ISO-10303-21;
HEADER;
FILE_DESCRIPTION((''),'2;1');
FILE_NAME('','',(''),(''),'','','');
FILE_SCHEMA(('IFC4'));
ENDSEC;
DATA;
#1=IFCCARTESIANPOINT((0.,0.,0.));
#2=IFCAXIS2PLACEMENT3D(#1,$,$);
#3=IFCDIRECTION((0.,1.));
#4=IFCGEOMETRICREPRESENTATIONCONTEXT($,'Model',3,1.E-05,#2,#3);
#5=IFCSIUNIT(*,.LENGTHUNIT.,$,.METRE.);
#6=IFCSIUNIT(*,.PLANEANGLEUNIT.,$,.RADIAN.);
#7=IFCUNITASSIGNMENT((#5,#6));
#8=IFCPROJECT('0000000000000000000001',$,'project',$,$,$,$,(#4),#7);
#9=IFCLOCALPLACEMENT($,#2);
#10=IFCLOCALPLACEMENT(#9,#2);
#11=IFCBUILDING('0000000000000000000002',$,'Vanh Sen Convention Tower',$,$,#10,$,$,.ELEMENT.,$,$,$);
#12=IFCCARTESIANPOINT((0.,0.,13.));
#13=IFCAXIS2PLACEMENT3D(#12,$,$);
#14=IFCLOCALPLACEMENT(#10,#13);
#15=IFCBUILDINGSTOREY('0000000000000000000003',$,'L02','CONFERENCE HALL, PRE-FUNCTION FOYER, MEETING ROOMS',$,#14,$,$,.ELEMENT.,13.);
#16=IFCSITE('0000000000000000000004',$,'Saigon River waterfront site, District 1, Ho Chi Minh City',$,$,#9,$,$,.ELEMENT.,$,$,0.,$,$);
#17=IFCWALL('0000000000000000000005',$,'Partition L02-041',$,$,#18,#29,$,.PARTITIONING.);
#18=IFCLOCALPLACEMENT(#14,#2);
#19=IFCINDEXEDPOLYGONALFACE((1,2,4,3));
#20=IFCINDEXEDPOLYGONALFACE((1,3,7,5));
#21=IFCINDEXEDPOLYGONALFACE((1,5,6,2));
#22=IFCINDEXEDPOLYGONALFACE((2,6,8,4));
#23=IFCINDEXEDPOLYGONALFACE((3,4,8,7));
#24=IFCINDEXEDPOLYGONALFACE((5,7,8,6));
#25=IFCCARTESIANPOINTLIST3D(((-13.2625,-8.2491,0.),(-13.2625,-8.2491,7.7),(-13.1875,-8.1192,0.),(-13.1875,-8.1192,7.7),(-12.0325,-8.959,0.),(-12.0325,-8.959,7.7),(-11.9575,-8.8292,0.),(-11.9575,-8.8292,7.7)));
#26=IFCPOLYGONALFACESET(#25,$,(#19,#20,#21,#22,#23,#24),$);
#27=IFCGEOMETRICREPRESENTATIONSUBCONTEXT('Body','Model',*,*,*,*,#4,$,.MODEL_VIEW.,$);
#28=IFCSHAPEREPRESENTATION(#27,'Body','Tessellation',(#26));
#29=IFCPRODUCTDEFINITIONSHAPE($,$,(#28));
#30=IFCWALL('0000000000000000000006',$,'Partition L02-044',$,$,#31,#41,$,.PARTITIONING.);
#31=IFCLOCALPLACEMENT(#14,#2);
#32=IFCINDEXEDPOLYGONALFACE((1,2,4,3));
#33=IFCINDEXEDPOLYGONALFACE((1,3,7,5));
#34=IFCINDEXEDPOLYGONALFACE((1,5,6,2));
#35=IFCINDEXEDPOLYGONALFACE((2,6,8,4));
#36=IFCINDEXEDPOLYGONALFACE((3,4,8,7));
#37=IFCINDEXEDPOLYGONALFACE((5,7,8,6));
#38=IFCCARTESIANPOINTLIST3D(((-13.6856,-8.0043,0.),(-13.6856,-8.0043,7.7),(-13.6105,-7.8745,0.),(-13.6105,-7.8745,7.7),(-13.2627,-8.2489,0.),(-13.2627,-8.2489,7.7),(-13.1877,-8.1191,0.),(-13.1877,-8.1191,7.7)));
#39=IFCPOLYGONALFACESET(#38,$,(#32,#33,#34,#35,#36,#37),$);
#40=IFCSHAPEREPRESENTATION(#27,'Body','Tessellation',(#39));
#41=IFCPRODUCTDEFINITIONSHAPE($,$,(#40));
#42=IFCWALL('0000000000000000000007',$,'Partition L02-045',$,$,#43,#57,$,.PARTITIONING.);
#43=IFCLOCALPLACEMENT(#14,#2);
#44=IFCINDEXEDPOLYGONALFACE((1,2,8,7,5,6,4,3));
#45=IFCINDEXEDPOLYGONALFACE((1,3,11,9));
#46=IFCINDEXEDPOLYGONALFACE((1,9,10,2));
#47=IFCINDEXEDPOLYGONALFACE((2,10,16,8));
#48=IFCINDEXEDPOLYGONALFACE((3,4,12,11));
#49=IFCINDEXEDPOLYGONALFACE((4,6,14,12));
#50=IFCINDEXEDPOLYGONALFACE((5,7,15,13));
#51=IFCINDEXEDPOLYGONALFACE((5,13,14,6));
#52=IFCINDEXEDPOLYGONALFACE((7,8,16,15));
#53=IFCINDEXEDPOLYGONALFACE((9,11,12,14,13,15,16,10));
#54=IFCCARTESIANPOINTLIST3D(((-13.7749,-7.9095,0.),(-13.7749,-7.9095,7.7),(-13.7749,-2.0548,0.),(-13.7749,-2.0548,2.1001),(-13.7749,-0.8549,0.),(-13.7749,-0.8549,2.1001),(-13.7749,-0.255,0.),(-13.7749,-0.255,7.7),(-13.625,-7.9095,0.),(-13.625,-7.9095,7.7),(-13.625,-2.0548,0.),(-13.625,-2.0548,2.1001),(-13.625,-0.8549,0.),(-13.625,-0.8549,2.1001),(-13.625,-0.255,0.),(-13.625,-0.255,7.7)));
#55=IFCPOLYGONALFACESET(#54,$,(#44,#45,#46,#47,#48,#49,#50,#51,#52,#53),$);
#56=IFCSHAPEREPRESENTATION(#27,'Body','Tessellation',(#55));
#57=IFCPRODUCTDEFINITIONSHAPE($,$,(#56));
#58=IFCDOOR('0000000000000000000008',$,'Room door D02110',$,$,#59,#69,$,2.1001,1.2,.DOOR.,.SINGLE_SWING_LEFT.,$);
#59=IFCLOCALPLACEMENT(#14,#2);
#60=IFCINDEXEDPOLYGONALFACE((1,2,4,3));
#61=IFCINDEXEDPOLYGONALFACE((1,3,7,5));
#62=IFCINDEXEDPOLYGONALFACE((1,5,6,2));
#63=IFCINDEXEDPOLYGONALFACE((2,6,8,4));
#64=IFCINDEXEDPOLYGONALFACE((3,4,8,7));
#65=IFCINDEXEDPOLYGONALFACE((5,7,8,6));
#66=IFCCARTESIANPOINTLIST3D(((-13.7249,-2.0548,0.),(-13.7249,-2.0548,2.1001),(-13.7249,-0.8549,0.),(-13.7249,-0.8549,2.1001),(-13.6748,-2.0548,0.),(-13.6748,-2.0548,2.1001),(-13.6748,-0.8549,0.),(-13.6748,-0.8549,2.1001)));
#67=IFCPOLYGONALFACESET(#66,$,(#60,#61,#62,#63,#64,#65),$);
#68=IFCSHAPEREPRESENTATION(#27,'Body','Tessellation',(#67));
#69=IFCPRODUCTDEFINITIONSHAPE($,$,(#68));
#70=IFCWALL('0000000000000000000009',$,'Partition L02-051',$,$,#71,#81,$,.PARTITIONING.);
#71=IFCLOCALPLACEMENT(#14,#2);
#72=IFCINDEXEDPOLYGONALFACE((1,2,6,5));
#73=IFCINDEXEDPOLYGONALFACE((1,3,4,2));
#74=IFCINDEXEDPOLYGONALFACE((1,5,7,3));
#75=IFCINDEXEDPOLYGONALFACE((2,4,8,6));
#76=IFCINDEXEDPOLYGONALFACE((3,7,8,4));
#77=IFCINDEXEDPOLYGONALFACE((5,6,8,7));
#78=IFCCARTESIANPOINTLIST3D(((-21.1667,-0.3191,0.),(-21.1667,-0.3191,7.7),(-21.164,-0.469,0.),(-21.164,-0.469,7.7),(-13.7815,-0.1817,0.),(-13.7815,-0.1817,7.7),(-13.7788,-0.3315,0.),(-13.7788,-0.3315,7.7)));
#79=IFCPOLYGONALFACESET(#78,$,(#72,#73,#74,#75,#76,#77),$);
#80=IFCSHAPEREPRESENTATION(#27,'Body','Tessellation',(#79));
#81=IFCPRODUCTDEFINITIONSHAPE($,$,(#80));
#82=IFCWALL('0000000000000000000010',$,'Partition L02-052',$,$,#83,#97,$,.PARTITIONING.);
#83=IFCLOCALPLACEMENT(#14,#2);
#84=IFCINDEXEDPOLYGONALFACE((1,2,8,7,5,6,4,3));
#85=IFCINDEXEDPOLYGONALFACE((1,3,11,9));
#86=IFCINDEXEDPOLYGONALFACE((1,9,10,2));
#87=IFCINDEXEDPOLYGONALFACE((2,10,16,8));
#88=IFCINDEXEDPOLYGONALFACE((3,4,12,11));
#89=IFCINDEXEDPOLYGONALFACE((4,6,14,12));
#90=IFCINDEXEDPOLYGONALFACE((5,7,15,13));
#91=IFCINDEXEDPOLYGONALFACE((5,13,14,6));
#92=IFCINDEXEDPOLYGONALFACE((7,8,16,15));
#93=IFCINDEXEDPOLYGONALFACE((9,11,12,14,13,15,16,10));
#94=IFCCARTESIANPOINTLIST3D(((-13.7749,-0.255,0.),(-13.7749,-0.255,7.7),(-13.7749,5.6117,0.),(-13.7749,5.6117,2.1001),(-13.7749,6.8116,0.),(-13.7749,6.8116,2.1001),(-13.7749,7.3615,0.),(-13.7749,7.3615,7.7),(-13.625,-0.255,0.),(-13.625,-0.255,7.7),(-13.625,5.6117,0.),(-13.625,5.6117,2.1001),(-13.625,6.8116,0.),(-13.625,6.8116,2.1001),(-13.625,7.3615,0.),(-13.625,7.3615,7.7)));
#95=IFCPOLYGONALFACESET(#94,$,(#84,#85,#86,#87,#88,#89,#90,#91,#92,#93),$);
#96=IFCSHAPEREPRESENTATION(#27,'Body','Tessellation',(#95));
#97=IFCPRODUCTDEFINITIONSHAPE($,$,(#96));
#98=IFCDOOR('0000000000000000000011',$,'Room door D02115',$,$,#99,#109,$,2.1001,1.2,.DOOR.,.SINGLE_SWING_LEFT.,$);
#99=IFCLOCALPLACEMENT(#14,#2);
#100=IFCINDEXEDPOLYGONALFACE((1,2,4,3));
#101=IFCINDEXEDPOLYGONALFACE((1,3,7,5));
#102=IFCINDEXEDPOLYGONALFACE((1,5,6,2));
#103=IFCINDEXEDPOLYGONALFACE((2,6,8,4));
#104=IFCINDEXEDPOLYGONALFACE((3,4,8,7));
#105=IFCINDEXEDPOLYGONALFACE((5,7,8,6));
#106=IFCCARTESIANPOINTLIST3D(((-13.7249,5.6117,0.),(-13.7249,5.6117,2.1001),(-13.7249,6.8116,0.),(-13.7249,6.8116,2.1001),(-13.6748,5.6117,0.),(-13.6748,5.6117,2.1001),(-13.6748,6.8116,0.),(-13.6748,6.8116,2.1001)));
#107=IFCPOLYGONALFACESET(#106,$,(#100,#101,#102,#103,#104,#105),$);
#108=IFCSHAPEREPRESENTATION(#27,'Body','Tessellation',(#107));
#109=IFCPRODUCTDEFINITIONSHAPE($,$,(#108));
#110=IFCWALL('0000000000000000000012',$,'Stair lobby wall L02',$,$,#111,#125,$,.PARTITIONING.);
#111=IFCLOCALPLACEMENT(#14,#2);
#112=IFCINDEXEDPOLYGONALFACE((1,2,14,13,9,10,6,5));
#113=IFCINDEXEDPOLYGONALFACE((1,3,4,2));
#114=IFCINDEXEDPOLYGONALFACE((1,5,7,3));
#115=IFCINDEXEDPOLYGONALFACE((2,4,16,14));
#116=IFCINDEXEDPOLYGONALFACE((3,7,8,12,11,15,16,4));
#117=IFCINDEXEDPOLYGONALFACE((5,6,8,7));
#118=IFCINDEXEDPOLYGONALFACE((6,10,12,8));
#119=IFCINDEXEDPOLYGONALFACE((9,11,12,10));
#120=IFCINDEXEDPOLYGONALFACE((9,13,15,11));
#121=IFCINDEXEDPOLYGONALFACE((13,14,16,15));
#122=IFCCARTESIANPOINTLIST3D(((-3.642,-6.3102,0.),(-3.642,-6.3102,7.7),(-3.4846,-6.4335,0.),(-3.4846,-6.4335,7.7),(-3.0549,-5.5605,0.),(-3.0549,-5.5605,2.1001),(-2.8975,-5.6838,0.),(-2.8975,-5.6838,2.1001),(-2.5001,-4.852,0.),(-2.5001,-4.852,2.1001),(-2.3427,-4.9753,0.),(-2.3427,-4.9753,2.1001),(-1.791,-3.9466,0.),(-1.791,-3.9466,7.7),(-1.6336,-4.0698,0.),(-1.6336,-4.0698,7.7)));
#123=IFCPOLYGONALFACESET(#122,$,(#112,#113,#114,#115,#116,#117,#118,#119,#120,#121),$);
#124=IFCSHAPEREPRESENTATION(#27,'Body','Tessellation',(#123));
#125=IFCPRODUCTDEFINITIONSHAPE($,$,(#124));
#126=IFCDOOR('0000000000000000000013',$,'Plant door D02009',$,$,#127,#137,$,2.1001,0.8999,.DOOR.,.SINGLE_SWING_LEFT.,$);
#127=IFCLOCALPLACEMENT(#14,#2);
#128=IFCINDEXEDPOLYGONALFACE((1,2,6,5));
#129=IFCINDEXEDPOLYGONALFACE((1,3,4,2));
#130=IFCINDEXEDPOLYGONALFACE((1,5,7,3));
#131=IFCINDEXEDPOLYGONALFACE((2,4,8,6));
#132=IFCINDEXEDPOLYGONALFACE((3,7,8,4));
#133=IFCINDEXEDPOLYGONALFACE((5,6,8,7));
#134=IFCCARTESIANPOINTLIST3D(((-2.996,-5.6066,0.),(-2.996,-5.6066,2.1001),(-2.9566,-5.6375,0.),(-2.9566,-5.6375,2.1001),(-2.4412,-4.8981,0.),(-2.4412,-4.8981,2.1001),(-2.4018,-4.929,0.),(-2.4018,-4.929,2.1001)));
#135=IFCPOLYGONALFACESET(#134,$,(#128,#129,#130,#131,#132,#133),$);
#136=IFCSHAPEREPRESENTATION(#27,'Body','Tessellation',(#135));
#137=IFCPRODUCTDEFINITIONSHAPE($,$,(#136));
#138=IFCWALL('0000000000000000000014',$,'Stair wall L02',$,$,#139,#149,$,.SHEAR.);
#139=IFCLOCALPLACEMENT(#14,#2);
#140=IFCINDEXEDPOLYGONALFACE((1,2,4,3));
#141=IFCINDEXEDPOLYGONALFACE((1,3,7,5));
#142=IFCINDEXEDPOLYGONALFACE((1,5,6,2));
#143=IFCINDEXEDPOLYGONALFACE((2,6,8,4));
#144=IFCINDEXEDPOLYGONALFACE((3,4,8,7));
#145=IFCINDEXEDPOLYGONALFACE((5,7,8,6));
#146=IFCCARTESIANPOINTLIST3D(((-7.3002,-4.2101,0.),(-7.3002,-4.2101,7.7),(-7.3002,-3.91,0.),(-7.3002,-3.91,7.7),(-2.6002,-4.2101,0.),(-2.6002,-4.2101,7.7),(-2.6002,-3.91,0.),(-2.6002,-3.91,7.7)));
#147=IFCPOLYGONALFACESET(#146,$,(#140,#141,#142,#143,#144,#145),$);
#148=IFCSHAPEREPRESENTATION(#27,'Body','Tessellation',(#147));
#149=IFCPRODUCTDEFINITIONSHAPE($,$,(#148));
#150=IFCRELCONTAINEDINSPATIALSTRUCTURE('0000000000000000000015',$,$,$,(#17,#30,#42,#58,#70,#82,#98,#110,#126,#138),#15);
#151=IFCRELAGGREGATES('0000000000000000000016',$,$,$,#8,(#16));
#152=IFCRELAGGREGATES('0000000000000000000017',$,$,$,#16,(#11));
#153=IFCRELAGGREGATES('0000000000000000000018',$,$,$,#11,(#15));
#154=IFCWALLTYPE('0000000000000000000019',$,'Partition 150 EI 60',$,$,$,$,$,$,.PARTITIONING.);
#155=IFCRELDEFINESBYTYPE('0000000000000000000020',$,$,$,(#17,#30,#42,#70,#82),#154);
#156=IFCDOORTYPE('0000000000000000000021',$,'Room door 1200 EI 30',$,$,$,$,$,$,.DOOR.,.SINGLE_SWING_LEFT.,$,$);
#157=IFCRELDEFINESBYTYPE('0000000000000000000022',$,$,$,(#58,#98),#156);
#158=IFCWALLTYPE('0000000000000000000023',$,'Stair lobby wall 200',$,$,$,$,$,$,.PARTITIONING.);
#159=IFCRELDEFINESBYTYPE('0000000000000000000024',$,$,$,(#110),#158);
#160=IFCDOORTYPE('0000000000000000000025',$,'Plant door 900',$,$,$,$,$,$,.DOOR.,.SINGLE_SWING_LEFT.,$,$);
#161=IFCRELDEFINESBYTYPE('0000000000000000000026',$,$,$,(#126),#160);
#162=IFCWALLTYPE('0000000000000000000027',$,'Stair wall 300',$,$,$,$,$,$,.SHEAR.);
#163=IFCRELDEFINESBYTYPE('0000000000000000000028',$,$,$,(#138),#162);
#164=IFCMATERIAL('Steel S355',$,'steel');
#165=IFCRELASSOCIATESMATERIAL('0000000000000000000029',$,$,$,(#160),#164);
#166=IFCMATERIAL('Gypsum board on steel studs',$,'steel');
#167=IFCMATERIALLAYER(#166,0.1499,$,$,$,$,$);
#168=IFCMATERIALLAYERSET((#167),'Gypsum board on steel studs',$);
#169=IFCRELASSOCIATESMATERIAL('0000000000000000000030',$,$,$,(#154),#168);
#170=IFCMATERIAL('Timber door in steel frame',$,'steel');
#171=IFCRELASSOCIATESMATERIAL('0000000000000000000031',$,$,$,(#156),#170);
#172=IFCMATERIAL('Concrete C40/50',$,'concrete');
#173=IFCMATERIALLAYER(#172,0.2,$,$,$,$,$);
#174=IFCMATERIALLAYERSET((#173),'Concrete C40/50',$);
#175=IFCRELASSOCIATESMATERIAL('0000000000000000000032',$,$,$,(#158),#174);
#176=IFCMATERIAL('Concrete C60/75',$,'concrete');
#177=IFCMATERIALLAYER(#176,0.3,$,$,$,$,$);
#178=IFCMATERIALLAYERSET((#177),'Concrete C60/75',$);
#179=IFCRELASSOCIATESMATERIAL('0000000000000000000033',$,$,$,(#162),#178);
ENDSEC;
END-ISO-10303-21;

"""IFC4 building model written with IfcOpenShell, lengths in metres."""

from ifc_helpers import new_model, si_unit, direction, frame, frame_2d, origin, place, context, subcontext, project, spatial, rectangle, extrude, material, layer, layer_set, type_object, element, fill, save


model = new_model("IFC4")

# Units and contexts
model_context = context("Model", 3, precision=1e-05, world=origin(), true_north=direction((0.0, 1.0)))
body_context = subcontext(model_context, "Body", "Model", "MODEL_VIEW")
ifc_project = project(units=[si_unit("LENGTHUNIT", "METRE"), si_unit("PLANEANGLEUNIT", "RADIAN")], contexts=[model_context])

# Site, building, storey
site_placement = place(None, origin())
site = spatial("IfcSite", under=ifc_project, at=site_placement, Name="Saigon River waterfront site, District 1, Ho Chi Minh City", CompositionType="ELEMENT", RefElevation=0.0)
building_placement = place(site_placement, origin())
building = spatial("IfcBuilding", under=site, at=building_placement, Name="Vanh Sen Convention Tower", CompositionType="ELEMENT")
storey_placement = place(building_placement, frame((0.0, 0.0, 13.0)))
storey = spatial("IfcBuildingStorey", under=building, at=storey_placement, Name="L02", Description="CONFERENCE HALL, PRE-FUNCTION FOYER, MEETING ROOMS", CompositionType="ELEMENT", Elevation=13.0)

# Shared definitions
ifc_material_1 = material(Name="Steel S355", Category="steel")
door_type_1 = type_object("IfcDoorType", Name="Plant door 900", OperationType="SINGLE_SWING_LEFT", PredefinedType="DOOR", material=ifc_material_1)

# Walls
ifc_material_2 = material(Name="Concrete C40/50", Category="concrete")
ifc_material_3 = material(Name="Gypsum board on steel studs", Category="steel")
ifc_layer_1 = layer(ifc_material_3, 0.1499)
ifc_layer_set_1 = layer_set([ifc_layer_1], Name="Gypsum board on steel studs")
wall_type_1 = type_object("IfcWallType", Name="Partition 150 EI 60", PredefinedType="PARTITIONING", material=ifc_layer_set_1)
wall_1_placement = place(storey_placement, frame((-11.9951, -8.894, 0.0), z_axis=(0.0, 0.0, 1.0), x_axis=(-0.866077, 0.499911, 0.0)))
element("IfcWall", 1, at=wall_1_placement, inside=storey, type_object=wall_type_1, Name="Partition L02-041", PredefinedType="PARTITIONING", context=body_context, shape_type="SweptSolid", body=[
    extrude(rectangle(XDim=1.4202, YDim=0.1499, at=frame_2d((0.71, 0.0))), origin(), (0.0, 0.0, 1.0), 7.7),
])
wall_2_placement = place(storey_placement, frame((-13.6479, -7.9395, 0.0), z_axis=(0.0, 0.0, 1.0), x_axis=(0.865586, -0.50076, 0.0)))
element("IfcWall", 2, at=wall_2_placement, inside=storey, type_object=wall_type_1, Name="Partition L02-044", PredefinedType="PARTITIONING", context=body_context, shape_type="SweptSolid", body=[
    extrude(rectangle(XDim=0.4885, YDim=0.1499, at=frame_2d((0.2441, 0.0))), origin(), (0.0, 0.0, 1.0), 7.7),
])

# Wall, opening, door
wall_3_placement = place(storey_placement, frame((-13.7, -7.9094, 0.0), z_axis=(0.0, 0.0, 1.0), x_axis=(0.0, 1.0, 0.0)))
wall_3 = element("IfcWall", 3, at=wall_3_placement, inside=storey, type_object=wall_type_1, Name="Partition L02-045", PredefinedType="PARTITIONING", context=body_context, shape_type="SweptSolid", body=[
    extrude(rectangle(XDim=7.6545, YDim=0.1499, at=frame_2d((3.8271, 0.0))), origin(), (0.0, 0.0, 1.0), 7.7),
])
opening_1_placement = place(wall_3_placement, frame((5.8545, 0.0, 0.0)))
opening_1 = element("IfcOpeningElement", 4, at=opening_1_placement, cuts=wall_3, PredefinedType="OPENING", context=body_context, shape_type="SweptSolid", body=[
    extrude(rectangle(XDim=1.2, YDim=2.1001, at=frame_2d((0.6001, 1.05))), frame((0.0, 0.085, 0.0), z_axis=(0.0, -1.0, 0.0), x_axis=(1.0, 0.0, 0.0)), (0.0, 0.0, 1.0), 0.1699),
])
ifc_material_4 = material(Name="Timber door in steel frame", Category="steel")
door_type_2 = type_object("IfcDoorType", Name="Room door 1200 EI 30", OperationType="SINGLE_SWING_LEFT", PredefinedType="DOOR", material=ifc_material_4)
door_1_placement = place(opening_1_placement, origin())
door_1 = element("IfcDoor", 5, at=door_1_placement, inside=storey, type_object=door_type_2, Name="Room door D02110", OperationType="SINGLE_SWING_LEFT", OverallHeight=2.1001, OverallWidth=1.2, PredefinedType="DOOR", context=body_context, shape_type="SweptSolid", body=[
    extrude(rectangle(XDim=1.2, YDim=2.1001, at=frame_2d((0.6001, 1.05))), frame((0.0, 0.0249, 0.0), z_axis=(0.0, -1.0, 0.0), x_axis=(1.0, 0.0, 0.0)), (0.0, 0.0, 1.0), 0.05),
])
fill(opening_1, door_1)

# Wall
wall_4_placement = place(storey_placement, frame((-13.78, -0.2566, 0.0), z_axis=(0.0, 0.0, 1.0), x_axis=(-0.999827, -0.018608, 0.0)))
element("IfcWall", 6, at=wall_4_placement, inside=storey, type_object=wall_type_1, Name="Partition L02-051", PredefinedType="PARTITIONING", context=body_context, shape_type="SweptSolid", body=[
    extrude(rectangle(XDim=7.3865, YDim=0.1499, at=frame_2d((3.6934, 0.0))), origin(), (0.0, 0.0, 1.0), 7.7),
])

# Walls, openings, doors
wall_5_placement = place(storey_placement, frame((-13.7, -0.2549, 0.0), z_axis=(0.0, 0.0, 1.0), x_axis=(0.0, 1.0, 0.0)))
wall_5 = element("IfcWall", 7, at=wall_5_placement, inside=storey, type_object=wall_type_1, Name="Partition L02-052", PredefinedType="PARTITIONING", context=body_context, shape_type="SweptSolid", body=[
    extrude(rectangle(XDim=7.6165, YDim=0.1499, at=frame_2d((3.8081, 0.0))), origin(), (0.0, 0.0, 1.0), 7.7),
])
opening_2_placement = place(wall_5_placement, frame((5.8665, 0.0, 0.0)))
opening_2 = element("IfcOpeningElement", 8, at=opening_2_placement, cuts=wall_5, PredefinedType="OPENING", context=body_context, shape_type="SweptSolid", body=[
    extrude(rectangle(XDim=1.2, YDim=2.1001, at=frame_2d((0.6001, 1.05))), frame((0.0, 0.085, 0.0), z_axis=(0.0, -1.0, 0.0), x_axis=(1.0, 0.0, 0.0)), (0.0, 0.0, 1.0), 0.1699),
])
door_2_placement = place(opening_2_placement, origin())
door_2 = element("IfcDoor", 9, at=door_2_placement, inside=storey, type_object=door_type_2, Name="Room door D02115", OperationType="SINGLE_SWING_LEFT", OverallHeight=2.1001, OverallWidth=1.2, PredefinedType="DOOR", context=body_context, shape_type="SweptSolid", body=[
    extrude(rectangle(XDim=1.2, YDim=2.1001, at=frame_2d((0.6001, 1.05))), frame((0.0, 0.0249, 0.0), z_axis=(0.0, -1.0, 0.0), x_axis=(1.0, 0.0, 0.0)), (0.0, 0.0, 1.0), 0.05),
])
fill(opening_2, door_2)
ifc_layer_2 = layer(ifc_material_2, 0.2)
ifc_layer_set_2 = layer_set([ifc_layer_2], Name="Concrete C40/50")
wall_type_2 = type_object("IfcWallType", Name="Stair lobby wall 200", PredefinedType="PARTITIONING", material=ifc_layer_set_2)
wall_6_placement = place(storey_placement, frame((-1.7124, -4.0083, 0.0), z_axis=(0.0, 0.0, 1.0), x_axis=(-0.616549, -0.787316, 0.0)))
wall_6 = element("IfcWall", 10, at=wall_6_placement, inside=storey, type_object=wall_type_2, Name="Stair lobby wall L02", PredefinedType="PARTITIONING", context=body_context, shape_type="SweptSolid", body=[
    extrude(rectangle(XDim=3.0022, YDim=0.2, at=frame_2d((1.501, 0.0))), origin(), (0.0, 0.0, 1.0), 7.7),
])
opening_3_placement = place(wall_6_placement, frame((1.1499, 0.0, 0.0)))
opening_3 = element("IfcOpeningElement", 11, at=opening_3_placement, cuts=wall_6, PredefinedType="OPENING", context=body_context, shape_type="SweptSolid", body=[
    extrude(rectangle(XDim=0.8999, YDim=2.1001, at=frame_2d((0.45, 1.05))), frame((0.0, 0.1099, 0.0), z_axis=(0.0, -1.0, 0.0), x_axis=(1.0, 0.0, 0.0)), (0.0, 0.0, 1.0), 0.22),
])
door_3_placement = place(opening_3_placement, origin())
door_3 = element("IfcDoor", 12, at=door_3_placement, inside=storey, type_object=door_type_1, Name="Plant door D02009", OperationType="SINGLE_SWING_LEFT", OverallHeight=2.1001, OverallWidth=0.8999, PredefinedType="DOOR", context=body_context, shape_type="SweptSolid", body=[
    extrude(rectangle(XDim=0.8999, YDim=2.1001, at=frame_2d((0.45, 1.05))), frame((0.0, 0.0249, 0.0), z_axis=(0.0, -1.0, 0.0), x_axis=(1.0, 0.0, 0.0)), (0.0, 0.0, 1.0), 0.05),
])
fill(opening_3, door_3)

# Wall
ifc_material_5 = material(Name="Concrete C60/75", Category="concrete")
ifc_layer_3 = layer(ifc_material_5, 0.3)
ifc_layer_set_3 = layer_set([ifc_layer_3], Name="Concrete C60/75")
wall_type_3 = type_object("IfcWallType", Name="Stair wall 300", PredefinedType="SHEAR", material=ifc_layer_set_3)
wall_7_placement = place(storey_placement, frame((-2.6001, -4.0601, 0.0), z_axis=(0.0, 0.0, 1.0), x_axis=(-1.0, 0.0, 0.0)))
element("IfcWall", 13, at=wall_7_placement, inside=storey, type_object=wall_type_3, Name="Stair wall L02", PredefinedType="SHEAR", context=body_context, shape_type="SweptSolid", body=[
    extrude(rectangle(XDim=4.7, YDim=0.3, at=frame_2d((2.3501, 0.0))), origin(), (0.0, 0.0, 1.0), 7.7),
])

save(model, "model.ifc")
